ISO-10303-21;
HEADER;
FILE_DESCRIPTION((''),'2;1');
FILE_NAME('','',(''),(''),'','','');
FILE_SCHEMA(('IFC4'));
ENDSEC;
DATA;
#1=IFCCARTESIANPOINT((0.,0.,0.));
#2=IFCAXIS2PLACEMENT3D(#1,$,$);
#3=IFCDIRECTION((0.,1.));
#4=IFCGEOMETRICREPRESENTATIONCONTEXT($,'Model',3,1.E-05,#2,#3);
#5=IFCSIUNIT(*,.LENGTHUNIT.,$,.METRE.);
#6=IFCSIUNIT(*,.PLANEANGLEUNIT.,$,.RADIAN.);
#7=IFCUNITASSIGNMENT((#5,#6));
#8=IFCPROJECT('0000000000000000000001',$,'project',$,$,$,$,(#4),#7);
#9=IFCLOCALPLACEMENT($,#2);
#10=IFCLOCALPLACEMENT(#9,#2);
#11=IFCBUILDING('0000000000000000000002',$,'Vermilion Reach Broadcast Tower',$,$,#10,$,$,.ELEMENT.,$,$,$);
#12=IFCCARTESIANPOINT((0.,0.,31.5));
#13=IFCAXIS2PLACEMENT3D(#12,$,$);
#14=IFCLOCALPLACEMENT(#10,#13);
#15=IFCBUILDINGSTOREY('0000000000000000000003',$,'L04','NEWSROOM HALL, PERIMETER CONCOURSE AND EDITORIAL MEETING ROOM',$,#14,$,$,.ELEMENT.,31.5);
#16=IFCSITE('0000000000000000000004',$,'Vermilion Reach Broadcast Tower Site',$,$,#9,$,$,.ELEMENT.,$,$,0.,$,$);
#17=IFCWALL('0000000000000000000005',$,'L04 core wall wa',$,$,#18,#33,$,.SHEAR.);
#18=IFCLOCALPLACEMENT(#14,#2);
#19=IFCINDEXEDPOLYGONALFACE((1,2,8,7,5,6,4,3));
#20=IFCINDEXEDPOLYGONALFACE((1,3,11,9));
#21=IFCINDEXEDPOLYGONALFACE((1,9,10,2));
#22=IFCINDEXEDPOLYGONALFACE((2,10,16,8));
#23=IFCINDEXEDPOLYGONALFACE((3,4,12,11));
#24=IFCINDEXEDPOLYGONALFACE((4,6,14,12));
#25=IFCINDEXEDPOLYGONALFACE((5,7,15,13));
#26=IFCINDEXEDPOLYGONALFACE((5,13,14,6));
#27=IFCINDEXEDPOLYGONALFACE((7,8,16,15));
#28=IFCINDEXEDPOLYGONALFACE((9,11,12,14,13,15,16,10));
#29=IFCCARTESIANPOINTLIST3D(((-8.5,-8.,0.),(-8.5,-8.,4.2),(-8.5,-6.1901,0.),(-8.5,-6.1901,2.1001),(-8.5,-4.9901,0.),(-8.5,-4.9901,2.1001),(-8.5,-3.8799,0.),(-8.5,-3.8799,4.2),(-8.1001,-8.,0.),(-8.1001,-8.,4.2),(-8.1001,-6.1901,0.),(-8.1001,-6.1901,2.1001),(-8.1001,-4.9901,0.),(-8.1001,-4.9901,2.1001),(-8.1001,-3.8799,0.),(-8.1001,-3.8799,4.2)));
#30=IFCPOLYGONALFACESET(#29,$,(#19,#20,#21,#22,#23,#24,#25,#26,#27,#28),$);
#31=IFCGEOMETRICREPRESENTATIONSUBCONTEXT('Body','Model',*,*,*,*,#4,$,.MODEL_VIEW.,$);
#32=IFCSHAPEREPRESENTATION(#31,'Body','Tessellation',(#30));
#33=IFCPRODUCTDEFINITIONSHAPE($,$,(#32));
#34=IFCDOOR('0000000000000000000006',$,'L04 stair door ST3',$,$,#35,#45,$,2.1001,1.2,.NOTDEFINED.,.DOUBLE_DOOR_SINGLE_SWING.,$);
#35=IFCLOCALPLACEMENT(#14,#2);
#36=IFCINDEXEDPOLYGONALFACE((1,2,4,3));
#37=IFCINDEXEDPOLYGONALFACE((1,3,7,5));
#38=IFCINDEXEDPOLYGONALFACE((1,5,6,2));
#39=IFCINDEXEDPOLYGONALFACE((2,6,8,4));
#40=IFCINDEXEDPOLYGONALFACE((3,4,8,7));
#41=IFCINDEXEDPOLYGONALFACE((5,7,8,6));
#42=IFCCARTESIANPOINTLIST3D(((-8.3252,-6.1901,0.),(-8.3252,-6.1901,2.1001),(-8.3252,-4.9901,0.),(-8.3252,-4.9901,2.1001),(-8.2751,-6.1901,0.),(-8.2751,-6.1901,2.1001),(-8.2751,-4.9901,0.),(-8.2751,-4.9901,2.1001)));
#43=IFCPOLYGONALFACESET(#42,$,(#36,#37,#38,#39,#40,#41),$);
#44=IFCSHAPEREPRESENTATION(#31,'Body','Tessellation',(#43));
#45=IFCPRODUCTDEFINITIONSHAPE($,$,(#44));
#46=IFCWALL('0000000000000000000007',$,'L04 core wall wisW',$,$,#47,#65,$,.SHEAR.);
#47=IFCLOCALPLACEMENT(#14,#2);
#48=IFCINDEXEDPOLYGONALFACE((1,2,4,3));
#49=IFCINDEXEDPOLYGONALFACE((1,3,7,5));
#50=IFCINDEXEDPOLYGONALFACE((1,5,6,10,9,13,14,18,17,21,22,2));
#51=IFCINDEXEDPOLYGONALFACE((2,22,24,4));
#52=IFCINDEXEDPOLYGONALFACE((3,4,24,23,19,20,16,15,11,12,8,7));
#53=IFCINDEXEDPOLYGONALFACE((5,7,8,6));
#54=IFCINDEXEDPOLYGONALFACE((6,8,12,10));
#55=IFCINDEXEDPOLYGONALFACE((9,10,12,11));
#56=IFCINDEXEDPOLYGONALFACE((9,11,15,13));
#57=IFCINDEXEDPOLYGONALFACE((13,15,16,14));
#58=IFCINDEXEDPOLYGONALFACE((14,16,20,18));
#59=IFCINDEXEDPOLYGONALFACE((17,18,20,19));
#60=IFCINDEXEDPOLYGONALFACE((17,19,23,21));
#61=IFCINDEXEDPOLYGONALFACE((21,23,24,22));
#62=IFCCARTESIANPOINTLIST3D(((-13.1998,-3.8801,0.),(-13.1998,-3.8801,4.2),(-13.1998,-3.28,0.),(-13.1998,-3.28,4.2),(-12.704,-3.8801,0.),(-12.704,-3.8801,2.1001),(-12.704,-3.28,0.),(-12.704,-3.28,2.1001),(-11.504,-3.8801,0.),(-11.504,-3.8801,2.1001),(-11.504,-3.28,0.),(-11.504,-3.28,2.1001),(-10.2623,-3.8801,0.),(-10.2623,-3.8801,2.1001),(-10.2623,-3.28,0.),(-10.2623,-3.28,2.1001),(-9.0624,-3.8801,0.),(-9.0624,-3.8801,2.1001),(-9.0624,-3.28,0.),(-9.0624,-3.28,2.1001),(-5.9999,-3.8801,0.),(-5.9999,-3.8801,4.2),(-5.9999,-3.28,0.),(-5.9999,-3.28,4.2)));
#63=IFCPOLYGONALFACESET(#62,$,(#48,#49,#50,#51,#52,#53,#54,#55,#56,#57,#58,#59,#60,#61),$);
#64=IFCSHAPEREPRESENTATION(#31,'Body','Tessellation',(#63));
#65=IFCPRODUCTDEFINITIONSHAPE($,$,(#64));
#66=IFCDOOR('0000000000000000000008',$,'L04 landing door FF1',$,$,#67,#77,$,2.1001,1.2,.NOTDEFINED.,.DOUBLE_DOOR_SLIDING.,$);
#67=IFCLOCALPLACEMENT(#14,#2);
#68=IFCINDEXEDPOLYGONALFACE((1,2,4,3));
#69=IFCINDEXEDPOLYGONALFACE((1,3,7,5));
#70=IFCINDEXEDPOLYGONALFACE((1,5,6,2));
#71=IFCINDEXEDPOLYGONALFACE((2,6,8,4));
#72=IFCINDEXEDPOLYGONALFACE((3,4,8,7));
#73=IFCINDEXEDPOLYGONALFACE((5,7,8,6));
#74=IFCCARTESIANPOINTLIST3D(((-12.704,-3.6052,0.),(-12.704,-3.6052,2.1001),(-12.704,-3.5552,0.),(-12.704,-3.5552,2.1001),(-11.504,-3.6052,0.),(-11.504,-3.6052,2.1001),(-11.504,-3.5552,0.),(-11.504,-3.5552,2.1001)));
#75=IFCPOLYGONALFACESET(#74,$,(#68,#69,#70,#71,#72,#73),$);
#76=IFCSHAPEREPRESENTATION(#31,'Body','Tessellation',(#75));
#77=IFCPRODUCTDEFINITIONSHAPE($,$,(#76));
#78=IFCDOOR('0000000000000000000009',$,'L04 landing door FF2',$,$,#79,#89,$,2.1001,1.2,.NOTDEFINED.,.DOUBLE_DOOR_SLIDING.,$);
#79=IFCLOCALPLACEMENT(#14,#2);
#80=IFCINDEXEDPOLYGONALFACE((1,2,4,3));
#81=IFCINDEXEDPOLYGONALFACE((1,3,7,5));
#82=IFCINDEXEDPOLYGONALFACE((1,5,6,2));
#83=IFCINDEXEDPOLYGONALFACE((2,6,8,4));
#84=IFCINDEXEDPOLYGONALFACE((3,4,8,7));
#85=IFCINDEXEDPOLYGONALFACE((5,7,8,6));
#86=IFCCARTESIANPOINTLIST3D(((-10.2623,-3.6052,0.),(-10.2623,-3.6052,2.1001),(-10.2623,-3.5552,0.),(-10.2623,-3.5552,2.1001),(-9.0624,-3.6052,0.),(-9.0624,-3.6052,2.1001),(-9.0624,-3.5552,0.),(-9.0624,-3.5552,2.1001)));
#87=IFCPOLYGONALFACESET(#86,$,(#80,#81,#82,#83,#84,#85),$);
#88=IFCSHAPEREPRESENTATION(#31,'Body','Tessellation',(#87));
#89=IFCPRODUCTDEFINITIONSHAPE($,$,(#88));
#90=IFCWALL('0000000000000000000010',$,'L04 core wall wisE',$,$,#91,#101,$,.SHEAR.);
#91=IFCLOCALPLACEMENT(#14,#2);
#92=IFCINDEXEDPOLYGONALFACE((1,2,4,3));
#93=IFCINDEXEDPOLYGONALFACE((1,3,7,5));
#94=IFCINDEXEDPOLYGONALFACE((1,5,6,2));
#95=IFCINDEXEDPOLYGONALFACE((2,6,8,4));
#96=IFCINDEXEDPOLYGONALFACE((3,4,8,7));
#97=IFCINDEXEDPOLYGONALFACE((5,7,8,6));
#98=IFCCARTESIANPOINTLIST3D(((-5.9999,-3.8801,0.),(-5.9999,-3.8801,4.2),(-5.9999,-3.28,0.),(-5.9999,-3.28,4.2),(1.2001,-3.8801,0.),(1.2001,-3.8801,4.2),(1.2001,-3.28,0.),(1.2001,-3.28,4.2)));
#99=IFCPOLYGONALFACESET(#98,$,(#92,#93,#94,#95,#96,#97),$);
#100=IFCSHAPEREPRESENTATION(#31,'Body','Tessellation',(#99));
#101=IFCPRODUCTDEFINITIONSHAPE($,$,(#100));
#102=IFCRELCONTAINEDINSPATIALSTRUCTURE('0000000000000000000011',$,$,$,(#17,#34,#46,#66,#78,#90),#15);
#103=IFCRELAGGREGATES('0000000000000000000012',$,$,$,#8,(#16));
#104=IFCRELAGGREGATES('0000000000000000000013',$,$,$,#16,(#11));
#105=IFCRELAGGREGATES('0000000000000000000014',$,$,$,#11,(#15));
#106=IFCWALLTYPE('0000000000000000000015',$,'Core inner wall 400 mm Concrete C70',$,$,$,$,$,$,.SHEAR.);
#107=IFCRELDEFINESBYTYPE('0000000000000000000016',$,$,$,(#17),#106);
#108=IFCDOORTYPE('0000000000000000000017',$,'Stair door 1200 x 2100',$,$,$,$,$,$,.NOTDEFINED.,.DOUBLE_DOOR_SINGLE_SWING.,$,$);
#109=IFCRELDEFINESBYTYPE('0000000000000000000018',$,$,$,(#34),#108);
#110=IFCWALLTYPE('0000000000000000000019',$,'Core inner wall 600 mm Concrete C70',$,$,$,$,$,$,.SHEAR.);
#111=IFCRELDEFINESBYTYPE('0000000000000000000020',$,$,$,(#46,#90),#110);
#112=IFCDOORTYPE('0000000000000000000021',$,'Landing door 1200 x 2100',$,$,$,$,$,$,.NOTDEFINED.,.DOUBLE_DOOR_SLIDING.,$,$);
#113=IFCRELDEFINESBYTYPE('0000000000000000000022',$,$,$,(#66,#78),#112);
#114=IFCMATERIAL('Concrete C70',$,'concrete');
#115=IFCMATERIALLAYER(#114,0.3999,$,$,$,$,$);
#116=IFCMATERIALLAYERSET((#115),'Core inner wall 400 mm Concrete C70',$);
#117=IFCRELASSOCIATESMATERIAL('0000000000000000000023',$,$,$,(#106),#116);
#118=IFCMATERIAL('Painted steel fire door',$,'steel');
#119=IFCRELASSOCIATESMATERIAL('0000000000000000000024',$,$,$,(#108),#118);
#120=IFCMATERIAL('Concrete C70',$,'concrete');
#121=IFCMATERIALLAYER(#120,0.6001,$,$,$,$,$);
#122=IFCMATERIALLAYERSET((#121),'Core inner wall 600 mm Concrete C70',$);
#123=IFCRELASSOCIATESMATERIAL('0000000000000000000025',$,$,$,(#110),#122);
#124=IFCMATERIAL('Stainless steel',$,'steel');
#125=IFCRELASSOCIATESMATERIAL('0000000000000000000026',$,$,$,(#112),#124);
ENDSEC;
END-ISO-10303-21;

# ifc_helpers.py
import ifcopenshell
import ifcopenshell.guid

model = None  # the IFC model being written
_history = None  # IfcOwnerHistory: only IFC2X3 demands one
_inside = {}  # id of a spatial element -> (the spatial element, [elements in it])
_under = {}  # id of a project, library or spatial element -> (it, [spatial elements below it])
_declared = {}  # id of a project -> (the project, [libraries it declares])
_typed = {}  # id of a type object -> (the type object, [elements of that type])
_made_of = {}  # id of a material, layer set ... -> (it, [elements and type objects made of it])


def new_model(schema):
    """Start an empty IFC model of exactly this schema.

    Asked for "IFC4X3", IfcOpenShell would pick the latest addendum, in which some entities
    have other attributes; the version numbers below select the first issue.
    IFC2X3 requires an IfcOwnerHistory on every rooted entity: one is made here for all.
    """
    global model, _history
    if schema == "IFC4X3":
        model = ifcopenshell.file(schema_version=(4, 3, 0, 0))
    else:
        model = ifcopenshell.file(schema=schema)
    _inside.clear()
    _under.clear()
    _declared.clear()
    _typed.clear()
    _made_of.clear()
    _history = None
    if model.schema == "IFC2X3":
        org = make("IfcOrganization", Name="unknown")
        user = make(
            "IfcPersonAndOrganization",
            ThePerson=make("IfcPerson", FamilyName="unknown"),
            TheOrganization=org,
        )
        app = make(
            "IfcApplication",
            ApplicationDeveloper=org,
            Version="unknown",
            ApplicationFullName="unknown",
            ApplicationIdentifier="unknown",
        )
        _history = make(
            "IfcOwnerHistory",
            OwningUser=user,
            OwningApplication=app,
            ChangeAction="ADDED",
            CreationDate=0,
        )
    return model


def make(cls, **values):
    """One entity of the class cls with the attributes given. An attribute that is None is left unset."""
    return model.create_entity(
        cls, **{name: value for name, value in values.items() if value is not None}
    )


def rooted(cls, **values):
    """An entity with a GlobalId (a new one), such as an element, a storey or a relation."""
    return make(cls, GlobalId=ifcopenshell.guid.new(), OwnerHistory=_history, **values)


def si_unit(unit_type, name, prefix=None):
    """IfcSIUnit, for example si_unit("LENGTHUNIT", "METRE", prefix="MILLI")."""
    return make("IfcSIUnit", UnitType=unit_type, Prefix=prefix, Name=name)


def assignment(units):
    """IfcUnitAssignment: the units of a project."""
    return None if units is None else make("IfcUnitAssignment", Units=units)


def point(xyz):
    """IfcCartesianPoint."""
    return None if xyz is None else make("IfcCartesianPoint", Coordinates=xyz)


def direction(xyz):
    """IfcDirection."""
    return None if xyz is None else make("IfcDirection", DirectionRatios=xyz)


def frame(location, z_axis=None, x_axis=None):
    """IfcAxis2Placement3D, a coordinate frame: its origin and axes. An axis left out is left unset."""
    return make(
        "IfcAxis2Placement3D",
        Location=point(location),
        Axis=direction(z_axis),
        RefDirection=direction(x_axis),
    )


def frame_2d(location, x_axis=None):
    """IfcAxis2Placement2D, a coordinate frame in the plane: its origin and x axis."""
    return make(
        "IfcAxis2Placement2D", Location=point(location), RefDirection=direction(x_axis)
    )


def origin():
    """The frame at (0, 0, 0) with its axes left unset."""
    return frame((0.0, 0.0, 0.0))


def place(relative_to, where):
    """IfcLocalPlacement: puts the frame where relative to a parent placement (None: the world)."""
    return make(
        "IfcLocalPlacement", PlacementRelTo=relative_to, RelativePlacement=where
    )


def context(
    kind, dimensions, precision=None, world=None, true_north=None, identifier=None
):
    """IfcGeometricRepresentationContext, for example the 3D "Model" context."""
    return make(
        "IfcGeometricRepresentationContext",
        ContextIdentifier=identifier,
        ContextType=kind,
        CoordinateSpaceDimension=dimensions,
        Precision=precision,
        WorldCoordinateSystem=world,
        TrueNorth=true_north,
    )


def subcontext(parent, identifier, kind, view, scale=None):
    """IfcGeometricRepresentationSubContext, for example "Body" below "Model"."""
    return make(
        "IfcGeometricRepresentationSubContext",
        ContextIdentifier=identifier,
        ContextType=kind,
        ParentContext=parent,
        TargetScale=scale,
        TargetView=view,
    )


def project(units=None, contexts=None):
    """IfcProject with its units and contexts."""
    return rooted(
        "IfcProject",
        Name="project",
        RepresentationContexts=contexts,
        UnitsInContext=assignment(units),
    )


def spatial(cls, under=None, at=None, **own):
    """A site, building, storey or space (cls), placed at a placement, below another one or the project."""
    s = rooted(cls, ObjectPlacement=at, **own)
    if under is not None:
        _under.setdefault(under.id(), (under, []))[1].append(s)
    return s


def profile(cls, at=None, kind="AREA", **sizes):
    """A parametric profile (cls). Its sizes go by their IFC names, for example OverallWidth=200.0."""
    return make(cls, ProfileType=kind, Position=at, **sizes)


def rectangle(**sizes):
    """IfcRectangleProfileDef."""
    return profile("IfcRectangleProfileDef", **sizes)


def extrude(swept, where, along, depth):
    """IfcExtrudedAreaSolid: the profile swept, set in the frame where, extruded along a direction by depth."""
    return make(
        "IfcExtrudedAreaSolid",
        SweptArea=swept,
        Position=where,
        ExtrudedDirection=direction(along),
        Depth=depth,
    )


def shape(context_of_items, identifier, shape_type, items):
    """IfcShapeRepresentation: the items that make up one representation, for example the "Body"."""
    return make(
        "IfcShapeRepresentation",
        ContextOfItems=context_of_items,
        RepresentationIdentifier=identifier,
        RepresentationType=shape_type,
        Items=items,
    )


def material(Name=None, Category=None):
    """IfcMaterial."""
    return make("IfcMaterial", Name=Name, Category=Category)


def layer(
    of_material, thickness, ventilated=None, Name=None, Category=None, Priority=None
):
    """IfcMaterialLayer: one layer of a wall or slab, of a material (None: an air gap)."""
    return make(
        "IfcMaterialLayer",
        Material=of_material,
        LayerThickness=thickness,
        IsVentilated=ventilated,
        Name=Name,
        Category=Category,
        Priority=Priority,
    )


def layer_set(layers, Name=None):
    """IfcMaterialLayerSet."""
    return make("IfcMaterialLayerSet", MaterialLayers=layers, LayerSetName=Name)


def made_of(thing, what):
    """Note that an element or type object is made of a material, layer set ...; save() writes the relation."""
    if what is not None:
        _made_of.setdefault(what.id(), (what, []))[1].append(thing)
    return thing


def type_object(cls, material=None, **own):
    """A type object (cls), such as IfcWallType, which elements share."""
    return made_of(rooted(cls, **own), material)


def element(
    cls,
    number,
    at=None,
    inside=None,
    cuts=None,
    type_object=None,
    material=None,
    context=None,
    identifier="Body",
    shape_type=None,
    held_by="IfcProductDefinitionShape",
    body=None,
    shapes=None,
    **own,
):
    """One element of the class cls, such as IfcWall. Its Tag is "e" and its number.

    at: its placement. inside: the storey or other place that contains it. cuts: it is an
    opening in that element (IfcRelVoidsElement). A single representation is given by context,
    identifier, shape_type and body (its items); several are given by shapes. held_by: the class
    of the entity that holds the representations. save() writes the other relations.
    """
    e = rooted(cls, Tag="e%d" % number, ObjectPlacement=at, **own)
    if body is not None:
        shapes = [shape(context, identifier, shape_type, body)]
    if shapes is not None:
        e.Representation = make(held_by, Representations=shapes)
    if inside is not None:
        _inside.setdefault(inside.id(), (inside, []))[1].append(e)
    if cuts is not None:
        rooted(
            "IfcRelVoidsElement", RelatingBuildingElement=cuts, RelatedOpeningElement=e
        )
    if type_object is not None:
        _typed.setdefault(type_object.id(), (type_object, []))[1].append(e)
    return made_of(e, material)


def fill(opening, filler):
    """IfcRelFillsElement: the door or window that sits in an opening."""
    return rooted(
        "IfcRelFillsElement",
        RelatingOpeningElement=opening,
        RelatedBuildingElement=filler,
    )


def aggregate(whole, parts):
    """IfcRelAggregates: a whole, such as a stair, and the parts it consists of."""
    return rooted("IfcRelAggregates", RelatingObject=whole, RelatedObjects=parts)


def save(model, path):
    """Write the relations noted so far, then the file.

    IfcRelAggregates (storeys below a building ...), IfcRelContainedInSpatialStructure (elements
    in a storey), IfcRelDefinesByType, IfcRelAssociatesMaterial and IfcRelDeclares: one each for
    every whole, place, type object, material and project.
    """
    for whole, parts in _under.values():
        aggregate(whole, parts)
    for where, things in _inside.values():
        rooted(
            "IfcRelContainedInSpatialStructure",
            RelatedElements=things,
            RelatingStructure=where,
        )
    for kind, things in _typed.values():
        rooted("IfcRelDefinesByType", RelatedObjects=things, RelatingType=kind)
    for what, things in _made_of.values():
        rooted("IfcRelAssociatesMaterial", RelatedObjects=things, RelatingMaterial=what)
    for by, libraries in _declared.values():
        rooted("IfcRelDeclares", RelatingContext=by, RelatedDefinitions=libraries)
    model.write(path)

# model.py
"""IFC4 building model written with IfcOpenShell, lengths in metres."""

from ifc_helpers import new_model, si_unit, direction, frame, frame_2d, origin, place, context, subcontext, project, spatial, rectangle, extrude, material, layer, layer_set, type_object, element, fill, save


model = new_model("IFC4")

# Units and contexts
model_context = context("Model", 3, precision=1e-05, world=origin(), true_north=direction((0.0, 1.0)))
body_context = subcontext(model_context, "Body", "Model", "MODEL_VIEW")
ifc_project = project(units=[si_unit("LENGTHUNIT", "METRE"), si_unit("PLANEANGLEUNIT", "RADIAN")], contexts=[model_context])

# Site, building, storey
site_placement = place(None, origin())
site = spatial("IfcSite", under=ifc_project, at=site_placement, Name="Vermilion Reach Broadcast Tower Site", CompositionType="ELEMENT", RefElevation=0.0)
building_placement = place(site_placement, origin())
building = spatial("IfcBuilding", under=site, at=building_placement, Name="Vermilion Reach Broadcast Tower", CompositionType="ELEMENT")
storey_placement = place(building_placement, frame((0.0, 0.0, 31.5)))
storey = spatial("IfcBuildingStorey", under=building, at=storey_placement, Name="L04", Description="NEWSROOM HALL, PERIMETER CONCOURSE AND EDITORIAL MEETING ROOM", CompositionType="ELEMENT", Elevation=31.5)

# Wall, opening, door
ifc_material_1 = material(Name="Concrete C70", Category="concrete")
ifc_layer_1 = layer(ifc_material_1, 0.3999)
ifc_layer_set_1 = layer_set([ifc_layer_1], Name="Core inner wall 400 mm Concrete C70")
wall_type_1 = type_object("IfcWallType", Name="Core inner wall 400 mm Concrete C70", PredefinedType="SHEAR", material=ifc_layer_set_1)
wall_1_placement = place(storey_placement, frame((-8.3, -3.8799, 0.0), z_axis=(0.0, 0.0, 1.0), x_axis=(0.0, -1.0, 0.0)))
wall_1 = element("IfcWall", 1, at=wall_1_placement, inside=storey, type_object=wall_type_1, Name="L04 core wall wa", PredefinedType="SHEAR", context=body_context, shape_type="SweptSolid", body=[
    extrude(rectangle(XDim=4.1201, YDim=0.3999, at=frame_2d((2.0601, 0.0))), origin(), (0.0, 0.0, 1.0), 4.2),
])
opening_1_placement = place(wall_1_placement, frame((1.1101, 0.0, 0.0)))
opening_1 = element("IfcOpeningElement", 2, at=opening_1_placement, cuts=wall_1, PredefinedType="OPENING", context=body_context, shape_type="SweptSolid", body=[
    extrude(rectangle(XDim=1.2, YDim=2.1001, at=frame_2d((0.6001, 1.05))), frame((0.0, 0.21, 0.0), z_axis=(0.0, -1.0, 0.0), x_axis=(1.0, 0.0, 0.0)), (0.0, 0.0, 1.0), 0.4199),
])
ifc_material_2 = material(Name="Painted steel fire door", Category="steel")
door_type_1 = type_object("IfcDoorType", Name="Stair door 1200 x 2100", OperationType="DOUBLE_DOOR_SINGLE_SWING", PredefinedType="NOTDEFINED", material=ifc_material_2)
door_1_placement = place(opening_1_placement, origin())
door_1 = element("IfcDoor", 3, at=door_1_placement, inside=storey, type_object=door_type_1, Name="L04 stair door ST3", OperationType="DOUBLE_DOOR_SINGLE_SWING", OverallHeight=2.1001, OverallWidth=1.2, PredefinedType="NOTDEFINED", context=body_context, shape_type="SweptSolid", body=[
    extrude(rectangle(XDim=1.2, YDim=2.1001, at=frame_2d((0.6001, 1.05))), frame((0.0, 0.0249, 0.0), z_axis=(0.0, -1.0, 0.0), x_axis=(1.0, 0.0, 0.0)), (0.0, 0.0, 1.0), 0.05),
])
fill(opening_1, door_1)

# Wall, openings, doors
ifc_material_3 = material(Name="Concrete C70", Category="concrete")
ifc_layer_2 = layer(ifc_material_3, 0.6001)
ifc_layer_set_2 = layer_set([ifc_layer_2], Name="Core inner wall 600 mm Concrete C70")
wall_type_2 = type_object("IfcWallType", Name="Core inner wall 600 mm Concrete C70", PredefinedType="SHEAR", material=ifc_layer_set_2)
wall_2_placement = place(storey_placement, frame((-13.2, -3.5801, 0.0), z_axis=(0.0, 0.0, 1.0), x_axis=(1.0, 0.0, 0.0)))
wall_2 = element("IfcWall", 4, at=wall_2_placement, inside=storey, type_object=wall_type_2, Name="L04 core wall wisW", PredefinedType="SHEAR", context=body_context, shape_type="SweptSolid", body=[
    extrude(rectangle(XDim=7.2, YDim=0.6001, at=frame_2d((3.6001, 0.0))), origin(), (0.0, 0.0, 1.0), 4.2),
])
opening_2_placement = place(wall_2_placement, frame((0.4958, 0.0, 0.0)))
opening_2 = element("IfcOpeningElement", 5, at=opening_2_placement, cuts=wall_2, PredefinedType="OPENING", context=body_context, shape_type="SweptSolid", body=[
    extrude(rectangle(XDim=1.2, YDim=2.1001, at=frame_2d((0.6001, 1.05))), frame((0.0, 0.3101, 0.0), z_axis=(0.0, -1.0, 0.0), x_axis=(1.0, 0.0, 0.0)), (0.0, 0.0, 1.0), 0.6201),
])
opening_3_placement = place(wall_2_placement, frame((2.9375, 0.0, 0.0)))
opening_3 = element("IfcOpeningElement", 6, at=opening_3_placement, cuts=wall_2, PredefinedType="OPENING", context=body_context, shape_type="SweptSolid", body=[
    extrude(rectangle(XDim=1.2, YDim=2.1001, at=frame_2d((0.6001, 1.05))), frame((0.0, 0.3101, 0.0), z_axis=(0.0, -1.0, 0.0), x_axis=(1.0, 0.0, 0.0)), (0.0, 0.0, 1.0), 0.6201),
])
ifc_material_4 = material(Name="Stainless steel", Category="steel")
door_type_2 = type_object("IfcDoorType", Name="Landing door 1200 x 2100", OperationType="DOUBLE_DOOR_SLIDING", PredefinedType="NOTDEFINED", material=ifc_material_4)
door_2_placement = place(opening_2_placement, origin())
door_2 = element("IfcDoor", 7, at=door_2_placement, inside=storey, type_object=door_type_2, Name="L04 landing door FF1", OperationType="DOUBLE_DOOR_SLIDING", OverallHeight=2.1001, OverallWidth=1.2, PredefinedType="NOTDEFINED", context=body_context, shape_type="SweptSolid", body=[
    extrude(rectangle(XDim=1.2, YDim=2.1001, at=frame_2d((0.6001, 1.05))), frame((0.0, 0.0249, 0.0), z_axis=(0.0, -1.0, 0.0), x_axis=(1.0, 0.0, 0.0)), (0.0, 0.0, 1.0), 0.05),
])
fill(opening_2, door_2)
door_3_placement = place(opening_3_placement, origin())
door_3 = element("IfcDoor", 8, at=door_3_placement, inside=storey, type_object=door_type_2, Name="L04 landing door FF2", OperationType="DOUBLE_DOOR_SLIDING", OverallHeight=2.1001, OverallWidth=1.2, PredefinedType="NOTDEFINED", context=body_context, shape_type="SweptSolid", body=[
    extrude(rectangle(XDim=1.2, YDim=2.1001, at=frame_2d((0.6001, 1.05))), frame((0.0, 0.0249, 0.0), z_axis=(0.0, -1.0, 0.0), x_axis=(1.0, 0.0, 0.0)), (0.0, 0.0, 1.0), 0.05),
])
fill(opening_3, door_3)

# Wall
wall_3_placement = place(storey_placement, frame((-6.0, -3.5801, 0.0), z_axis=(0.0, 0.0, 1.0), x_axis=(1.0, 0.0, 0.0)))
element("IfcWall", 9, at=wall_3_placement, inside=storey, type_object=wall_type_2, Name="L04 core wall wisE", PredefinedType="SHEAR", context=body_context, shape_type="SweptSolid", body=[
    extrude(rectangle(XDim=7.2, YDim=0.6001, at=frame_2d((3.6001, 0.0))), origin(), (0.0, 0.0, 1.0), 4.2),
])

save(model, "model.ifc")
